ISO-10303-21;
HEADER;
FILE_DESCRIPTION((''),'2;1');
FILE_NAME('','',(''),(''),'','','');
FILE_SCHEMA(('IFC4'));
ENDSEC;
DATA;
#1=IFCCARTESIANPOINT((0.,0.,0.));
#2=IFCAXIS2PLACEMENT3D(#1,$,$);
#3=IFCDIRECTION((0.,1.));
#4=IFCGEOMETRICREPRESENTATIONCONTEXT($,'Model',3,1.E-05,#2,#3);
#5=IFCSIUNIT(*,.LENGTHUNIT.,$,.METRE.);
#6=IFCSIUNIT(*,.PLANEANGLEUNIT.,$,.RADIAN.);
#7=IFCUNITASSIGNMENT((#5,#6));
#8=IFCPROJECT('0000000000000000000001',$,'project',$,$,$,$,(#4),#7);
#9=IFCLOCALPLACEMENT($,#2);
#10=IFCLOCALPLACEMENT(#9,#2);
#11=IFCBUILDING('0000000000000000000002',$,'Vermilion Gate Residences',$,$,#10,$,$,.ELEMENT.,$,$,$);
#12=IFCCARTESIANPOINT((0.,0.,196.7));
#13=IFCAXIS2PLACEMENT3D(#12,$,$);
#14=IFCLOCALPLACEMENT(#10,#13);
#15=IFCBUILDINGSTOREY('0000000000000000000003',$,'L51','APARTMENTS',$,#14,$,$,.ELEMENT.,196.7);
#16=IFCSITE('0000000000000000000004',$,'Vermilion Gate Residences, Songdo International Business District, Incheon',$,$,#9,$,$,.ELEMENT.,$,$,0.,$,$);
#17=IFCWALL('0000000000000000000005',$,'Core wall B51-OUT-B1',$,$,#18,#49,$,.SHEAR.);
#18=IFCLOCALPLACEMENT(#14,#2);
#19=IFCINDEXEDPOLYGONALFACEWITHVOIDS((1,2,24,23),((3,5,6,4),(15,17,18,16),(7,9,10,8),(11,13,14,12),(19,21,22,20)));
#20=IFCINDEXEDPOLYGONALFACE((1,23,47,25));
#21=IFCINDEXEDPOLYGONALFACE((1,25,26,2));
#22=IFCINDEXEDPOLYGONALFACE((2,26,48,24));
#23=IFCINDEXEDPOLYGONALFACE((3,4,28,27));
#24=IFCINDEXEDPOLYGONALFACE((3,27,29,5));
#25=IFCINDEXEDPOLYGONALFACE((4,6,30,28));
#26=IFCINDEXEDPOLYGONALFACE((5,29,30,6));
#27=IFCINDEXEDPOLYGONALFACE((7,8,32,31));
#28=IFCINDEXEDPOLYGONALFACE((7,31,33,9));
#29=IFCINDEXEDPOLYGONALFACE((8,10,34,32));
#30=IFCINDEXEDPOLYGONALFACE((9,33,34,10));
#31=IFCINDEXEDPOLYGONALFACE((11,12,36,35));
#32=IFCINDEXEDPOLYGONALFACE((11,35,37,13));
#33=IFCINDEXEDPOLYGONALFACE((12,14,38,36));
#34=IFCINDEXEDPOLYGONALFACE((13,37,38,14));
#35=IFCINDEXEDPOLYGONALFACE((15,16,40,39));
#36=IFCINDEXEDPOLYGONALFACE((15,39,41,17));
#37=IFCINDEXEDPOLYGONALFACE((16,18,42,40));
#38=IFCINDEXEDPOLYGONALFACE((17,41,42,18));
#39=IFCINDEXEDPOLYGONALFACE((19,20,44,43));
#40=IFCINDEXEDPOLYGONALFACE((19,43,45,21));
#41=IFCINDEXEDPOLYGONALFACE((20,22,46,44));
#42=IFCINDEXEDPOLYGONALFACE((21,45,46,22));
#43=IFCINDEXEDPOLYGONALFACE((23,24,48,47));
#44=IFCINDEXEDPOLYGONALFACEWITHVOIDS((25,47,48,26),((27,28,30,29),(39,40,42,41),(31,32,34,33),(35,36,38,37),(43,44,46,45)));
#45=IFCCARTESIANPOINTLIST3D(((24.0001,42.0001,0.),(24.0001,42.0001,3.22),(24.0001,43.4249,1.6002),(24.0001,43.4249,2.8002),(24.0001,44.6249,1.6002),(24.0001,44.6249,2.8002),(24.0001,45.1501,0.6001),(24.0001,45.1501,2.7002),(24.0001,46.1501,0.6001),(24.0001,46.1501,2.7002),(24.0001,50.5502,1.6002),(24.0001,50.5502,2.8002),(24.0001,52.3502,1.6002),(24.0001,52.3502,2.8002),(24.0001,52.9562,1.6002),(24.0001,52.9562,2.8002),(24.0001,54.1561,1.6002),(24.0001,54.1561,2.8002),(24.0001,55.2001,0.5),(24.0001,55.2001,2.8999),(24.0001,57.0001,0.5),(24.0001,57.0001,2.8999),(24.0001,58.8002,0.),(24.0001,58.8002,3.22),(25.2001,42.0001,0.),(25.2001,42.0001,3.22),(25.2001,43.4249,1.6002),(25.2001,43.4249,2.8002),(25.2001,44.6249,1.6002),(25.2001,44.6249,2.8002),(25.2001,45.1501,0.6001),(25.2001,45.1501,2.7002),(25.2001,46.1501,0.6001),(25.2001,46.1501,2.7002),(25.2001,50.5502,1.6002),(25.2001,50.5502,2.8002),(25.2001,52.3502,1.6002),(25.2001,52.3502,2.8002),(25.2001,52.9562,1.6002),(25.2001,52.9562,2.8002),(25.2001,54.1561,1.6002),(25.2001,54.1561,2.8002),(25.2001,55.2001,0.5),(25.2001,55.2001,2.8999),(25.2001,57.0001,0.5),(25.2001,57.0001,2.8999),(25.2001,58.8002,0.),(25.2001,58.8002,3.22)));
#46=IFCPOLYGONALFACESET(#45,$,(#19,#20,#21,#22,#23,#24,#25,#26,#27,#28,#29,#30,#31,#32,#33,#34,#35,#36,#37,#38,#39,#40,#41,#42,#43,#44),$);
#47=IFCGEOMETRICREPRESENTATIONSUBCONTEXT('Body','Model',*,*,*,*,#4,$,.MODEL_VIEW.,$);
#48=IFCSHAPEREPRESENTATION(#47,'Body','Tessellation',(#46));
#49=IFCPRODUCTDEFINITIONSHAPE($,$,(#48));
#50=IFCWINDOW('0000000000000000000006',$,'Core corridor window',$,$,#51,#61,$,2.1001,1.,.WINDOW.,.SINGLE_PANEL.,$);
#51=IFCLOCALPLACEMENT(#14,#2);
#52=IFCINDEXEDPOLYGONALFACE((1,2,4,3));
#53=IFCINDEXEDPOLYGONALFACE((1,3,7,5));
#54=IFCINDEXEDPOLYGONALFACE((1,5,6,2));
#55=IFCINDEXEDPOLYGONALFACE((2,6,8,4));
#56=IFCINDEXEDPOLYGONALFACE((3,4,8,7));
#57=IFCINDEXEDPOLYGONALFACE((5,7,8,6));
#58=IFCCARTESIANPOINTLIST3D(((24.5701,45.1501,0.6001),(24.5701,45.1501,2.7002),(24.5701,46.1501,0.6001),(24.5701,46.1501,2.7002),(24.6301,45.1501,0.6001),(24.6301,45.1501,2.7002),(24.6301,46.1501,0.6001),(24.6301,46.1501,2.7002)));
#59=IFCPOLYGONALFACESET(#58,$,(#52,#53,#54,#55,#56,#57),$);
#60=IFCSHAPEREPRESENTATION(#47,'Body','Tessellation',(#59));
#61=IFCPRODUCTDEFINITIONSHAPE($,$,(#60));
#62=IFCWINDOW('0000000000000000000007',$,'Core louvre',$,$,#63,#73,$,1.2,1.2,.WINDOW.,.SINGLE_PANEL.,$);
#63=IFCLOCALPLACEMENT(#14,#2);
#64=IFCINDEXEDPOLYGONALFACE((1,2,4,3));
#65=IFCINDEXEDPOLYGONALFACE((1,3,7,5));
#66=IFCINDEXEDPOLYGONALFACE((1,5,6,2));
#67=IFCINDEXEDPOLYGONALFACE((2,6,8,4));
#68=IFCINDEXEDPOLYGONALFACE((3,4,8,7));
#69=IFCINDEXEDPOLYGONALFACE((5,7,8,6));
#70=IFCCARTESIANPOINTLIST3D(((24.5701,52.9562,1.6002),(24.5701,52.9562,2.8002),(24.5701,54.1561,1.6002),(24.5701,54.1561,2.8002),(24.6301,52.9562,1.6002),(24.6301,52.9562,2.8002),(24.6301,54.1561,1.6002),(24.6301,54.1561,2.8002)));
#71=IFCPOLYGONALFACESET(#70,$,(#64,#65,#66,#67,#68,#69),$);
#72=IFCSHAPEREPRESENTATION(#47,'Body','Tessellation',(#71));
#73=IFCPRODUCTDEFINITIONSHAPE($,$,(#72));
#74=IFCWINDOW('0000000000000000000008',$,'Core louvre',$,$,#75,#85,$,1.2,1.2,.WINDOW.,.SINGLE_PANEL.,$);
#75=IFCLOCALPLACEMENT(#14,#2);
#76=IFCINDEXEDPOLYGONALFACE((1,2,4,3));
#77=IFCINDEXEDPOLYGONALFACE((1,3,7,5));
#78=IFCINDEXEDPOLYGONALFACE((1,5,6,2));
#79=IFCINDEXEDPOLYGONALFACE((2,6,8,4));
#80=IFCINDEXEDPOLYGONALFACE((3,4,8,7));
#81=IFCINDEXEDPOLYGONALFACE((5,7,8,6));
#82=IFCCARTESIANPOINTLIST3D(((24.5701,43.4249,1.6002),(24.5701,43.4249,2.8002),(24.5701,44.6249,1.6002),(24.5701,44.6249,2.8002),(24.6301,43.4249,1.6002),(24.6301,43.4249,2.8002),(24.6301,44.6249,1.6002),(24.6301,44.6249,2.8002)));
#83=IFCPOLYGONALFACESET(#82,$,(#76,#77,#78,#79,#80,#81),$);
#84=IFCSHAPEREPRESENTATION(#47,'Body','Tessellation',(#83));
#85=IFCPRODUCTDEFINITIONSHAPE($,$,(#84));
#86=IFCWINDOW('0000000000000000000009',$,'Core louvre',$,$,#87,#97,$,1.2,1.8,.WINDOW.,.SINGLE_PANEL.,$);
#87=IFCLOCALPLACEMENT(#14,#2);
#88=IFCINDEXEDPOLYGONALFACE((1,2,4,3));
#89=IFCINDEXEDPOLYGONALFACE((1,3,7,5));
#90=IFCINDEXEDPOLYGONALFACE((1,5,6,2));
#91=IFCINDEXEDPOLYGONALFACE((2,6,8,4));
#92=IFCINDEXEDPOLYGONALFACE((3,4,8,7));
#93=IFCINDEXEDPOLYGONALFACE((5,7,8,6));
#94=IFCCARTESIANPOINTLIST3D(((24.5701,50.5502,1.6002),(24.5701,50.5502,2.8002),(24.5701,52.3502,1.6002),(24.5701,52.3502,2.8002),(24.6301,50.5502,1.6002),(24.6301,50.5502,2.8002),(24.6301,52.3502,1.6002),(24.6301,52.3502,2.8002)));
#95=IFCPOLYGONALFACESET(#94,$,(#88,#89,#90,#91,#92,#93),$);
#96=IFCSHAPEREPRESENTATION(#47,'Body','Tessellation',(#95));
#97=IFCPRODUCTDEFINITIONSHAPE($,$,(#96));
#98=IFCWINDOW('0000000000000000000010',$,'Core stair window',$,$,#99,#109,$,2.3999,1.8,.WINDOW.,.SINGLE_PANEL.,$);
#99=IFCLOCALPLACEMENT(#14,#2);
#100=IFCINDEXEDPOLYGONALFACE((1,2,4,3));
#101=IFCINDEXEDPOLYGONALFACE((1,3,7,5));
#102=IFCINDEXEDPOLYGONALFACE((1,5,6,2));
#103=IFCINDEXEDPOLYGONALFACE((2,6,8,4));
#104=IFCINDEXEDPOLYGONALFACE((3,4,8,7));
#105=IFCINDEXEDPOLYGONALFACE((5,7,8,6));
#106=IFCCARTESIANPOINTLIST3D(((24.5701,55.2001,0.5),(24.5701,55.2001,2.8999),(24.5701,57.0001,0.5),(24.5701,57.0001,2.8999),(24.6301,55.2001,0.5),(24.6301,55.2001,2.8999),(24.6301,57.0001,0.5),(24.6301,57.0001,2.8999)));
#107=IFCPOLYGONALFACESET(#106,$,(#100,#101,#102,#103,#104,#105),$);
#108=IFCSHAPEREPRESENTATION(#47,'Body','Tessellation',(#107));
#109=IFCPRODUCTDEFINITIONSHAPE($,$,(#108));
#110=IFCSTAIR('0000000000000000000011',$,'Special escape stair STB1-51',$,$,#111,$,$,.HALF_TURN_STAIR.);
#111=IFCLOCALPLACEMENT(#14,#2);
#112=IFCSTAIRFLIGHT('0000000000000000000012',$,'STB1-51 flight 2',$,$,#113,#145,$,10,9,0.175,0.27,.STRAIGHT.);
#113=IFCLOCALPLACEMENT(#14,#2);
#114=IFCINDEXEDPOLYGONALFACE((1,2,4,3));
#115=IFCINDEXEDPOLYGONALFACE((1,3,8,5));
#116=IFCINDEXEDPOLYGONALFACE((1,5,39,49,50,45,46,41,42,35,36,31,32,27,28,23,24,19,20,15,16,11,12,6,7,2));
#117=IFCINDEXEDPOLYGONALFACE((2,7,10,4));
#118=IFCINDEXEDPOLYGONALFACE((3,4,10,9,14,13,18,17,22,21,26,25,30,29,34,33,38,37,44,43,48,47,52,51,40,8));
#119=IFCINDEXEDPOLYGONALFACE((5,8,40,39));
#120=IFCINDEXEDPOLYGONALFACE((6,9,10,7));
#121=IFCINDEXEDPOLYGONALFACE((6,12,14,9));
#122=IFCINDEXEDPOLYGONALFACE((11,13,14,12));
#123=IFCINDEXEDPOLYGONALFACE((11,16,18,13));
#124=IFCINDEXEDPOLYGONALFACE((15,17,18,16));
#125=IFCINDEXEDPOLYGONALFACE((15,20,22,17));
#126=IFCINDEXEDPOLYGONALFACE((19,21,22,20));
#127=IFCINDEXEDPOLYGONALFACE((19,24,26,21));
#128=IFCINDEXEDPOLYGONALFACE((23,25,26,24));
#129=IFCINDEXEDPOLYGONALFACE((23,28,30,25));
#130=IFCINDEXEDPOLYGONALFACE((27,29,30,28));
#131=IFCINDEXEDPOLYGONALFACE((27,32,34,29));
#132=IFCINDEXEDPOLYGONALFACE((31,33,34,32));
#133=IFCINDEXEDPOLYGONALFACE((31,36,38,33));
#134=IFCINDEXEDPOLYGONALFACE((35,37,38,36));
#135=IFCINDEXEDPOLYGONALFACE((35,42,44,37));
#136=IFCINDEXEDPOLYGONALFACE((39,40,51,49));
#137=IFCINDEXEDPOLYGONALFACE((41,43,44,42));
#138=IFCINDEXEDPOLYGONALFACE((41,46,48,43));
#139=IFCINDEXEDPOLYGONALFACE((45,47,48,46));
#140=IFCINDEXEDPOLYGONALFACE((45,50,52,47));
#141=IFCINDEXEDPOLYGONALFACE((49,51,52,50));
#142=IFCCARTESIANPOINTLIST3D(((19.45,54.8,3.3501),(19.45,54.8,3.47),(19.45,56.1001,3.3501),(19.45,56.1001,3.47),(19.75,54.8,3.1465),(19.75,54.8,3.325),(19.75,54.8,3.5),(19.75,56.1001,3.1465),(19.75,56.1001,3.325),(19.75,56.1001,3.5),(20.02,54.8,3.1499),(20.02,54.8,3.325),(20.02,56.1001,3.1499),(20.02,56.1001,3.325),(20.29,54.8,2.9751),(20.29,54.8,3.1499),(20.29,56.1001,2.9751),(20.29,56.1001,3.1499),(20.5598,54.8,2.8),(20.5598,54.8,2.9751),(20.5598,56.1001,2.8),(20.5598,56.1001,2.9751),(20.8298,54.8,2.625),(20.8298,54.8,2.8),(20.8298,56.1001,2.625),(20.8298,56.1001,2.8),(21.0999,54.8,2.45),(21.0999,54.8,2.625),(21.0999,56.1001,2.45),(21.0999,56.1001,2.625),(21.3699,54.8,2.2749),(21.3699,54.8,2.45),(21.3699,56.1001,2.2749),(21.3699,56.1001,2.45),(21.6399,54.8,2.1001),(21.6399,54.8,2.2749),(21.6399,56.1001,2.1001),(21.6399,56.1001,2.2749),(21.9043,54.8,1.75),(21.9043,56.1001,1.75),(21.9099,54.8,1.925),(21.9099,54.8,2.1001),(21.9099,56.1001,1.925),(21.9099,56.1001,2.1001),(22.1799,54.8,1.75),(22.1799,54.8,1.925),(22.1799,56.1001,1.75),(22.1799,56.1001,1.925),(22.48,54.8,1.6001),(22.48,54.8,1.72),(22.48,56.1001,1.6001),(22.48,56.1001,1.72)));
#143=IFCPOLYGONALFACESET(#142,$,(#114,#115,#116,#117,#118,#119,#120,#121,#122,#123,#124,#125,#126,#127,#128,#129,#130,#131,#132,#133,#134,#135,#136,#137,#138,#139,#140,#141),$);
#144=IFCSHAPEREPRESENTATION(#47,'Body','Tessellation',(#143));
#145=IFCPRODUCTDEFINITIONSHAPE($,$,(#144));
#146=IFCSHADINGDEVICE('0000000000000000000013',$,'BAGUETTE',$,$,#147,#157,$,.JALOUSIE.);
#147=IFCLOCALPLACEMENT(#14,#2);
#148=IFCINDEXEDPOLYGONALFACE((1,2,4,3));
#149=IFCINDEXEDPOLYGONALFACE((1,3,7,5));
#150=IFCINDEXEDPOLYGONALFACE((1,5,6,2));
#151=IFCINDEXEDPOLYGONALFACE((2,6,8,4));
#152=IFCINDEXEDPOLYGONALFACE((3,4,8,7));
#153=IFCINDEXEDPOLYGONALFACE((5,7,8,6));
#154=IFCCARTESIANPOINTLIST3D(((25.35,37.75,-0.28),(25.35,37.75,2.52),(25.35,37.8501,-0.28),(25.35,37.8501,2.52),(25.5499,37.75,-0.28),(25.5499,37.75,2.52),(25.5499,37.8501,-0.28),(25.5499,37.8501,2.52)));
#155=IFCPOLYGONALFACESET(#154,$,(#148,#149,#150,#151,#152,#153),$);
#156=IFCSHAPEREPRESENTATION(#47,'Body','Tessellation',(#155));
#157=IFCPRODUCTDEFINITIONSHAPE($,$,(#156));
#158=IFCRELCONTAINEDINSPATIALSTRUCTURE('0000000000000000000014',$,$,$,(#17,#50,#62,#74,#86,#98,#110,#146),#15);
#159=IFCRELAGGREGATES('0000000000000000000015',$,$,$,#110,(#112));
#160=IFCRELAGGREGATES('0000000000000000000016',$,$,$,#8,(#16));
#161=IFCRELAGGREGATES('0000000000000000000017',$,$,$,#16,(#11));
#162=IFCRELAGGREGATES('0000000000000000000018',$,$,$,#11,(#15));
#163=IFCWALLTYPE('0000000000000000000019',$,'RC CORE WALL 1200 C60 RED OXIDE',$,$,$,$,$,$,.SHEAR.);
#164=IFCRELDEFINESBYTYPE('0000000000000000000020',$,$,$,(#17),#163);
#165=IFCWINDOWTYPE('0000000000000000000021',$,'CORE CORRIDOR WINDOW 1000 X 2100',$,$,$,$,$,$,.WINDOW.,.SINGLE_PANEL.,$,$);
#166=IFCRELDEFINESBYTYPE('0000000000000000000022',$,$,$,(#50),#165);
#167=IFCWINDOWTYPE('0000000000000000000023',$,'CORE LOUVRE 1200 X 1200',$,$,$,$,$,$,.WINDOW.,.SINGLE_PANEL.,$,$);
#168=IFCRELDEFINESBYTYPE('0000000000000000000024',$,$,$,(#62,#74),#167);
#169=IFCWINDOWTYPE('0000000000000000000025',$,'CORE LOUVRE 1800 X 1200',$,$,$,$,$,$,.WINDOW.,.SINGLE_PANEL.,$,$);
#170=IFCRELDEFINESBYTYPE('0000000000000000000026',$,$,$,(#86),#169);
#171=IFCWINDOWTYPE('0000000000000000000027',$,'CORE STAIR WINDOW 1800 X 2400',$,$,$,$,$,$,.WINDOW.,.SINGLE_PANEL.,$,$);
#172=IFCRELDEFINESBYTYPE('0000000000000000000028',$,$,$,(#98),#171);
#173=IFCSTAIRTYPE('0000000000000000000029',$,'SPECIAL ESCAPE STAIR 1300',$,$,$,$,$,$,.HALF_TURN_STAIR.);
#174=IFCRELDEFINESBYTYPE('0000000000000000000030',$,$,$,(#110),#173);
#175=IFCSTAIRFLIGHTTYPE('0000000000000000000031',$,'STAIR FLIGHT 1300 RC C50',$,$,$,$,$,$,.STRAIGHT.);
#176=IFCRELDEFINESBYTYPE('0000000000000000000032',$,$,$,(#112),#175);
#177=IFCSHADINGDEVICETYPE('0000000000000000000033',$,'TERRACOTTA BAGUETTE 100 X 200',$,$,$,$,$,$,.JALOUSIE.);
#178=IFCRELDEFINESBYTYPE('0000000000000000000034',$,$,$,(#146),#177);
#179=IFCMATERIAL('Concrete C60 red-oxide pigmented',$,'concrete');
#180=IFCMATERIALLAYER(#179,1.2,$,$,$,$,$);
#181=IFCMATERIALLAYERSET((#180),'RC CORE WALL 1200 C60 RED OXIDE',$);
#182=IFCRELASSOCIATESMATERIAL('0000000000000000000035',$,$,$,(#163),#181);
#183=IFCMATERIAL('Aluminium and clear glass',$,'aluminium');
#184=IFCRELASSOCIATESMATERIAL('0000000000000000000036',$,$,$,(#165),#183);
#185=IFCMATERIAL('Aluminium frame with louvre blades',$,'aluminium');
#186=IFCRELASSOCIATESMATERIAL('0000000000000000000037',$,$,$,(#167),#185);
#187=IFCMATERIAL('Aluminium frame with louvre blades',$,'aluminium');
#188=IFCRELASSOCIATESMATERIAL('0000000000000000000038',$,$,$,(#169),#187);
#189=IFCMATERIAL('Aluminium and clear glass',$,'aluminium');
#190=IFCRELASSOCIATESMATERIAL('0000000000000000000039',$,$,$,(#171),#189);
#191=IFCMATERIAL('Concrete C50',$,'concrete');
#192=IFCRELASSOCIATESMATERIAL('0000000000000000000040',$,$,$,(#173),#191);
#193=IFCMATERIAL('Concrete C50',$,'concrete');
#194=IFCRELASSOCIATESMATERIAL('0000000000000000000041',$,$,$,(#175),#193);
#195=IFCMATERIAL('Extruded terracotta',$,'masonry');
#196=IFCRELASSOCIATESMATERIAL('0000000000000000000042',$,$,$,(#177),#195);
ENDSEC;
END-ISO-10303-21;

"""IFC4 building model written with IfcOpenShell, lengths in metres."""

from ifc_helpers import new_model, si_unit, direction, frame, frame_2d, origin, origin_2d, place, context, subcontext, project, spatial, polyline, rectangle, outline, extrude, material, layer, layer_set, material_profile, profile_set, type_object, element, fill, aggregate, save


model = new_model("IFC4")

# Units and contexts
model_context = context("Model", 3, precision=1e-05, world=origin(), true_north=direction((0.0, 1.0)))
body_context = subcontext(model_context, "Body", "Model", "MODEL_VIEW")
ifc_project = project(units=[si_unit("LENGTHUNIT", "METRE"), si_unit("PLANEANGLEUNIT", "RADIAN")], contexts=[model_context])

# Site, building, storey
site_placement = place(None, origin())
site = spatial("IfcSite", under=ifc_project, at=site_placement, Name="Vermilion Gate Residences, Songdo International Business District, Incheon", CompositionType="ELEMENT", RefElevation=0.0)
building_placement = place(site_placement, origin())
building = spatial("IfcBuilding", under=site, at=building_placement, Name="Vermilion Gate Residences", CompositionType="ELEMENT")
storey_placement = place(building_placement, frame((0.0, 0.0, 196.7)))
storey = spatial("IfcBuildingStorey", under=building, at=storey_placement, Name="L51", Description="APARTMENTS", CompositionType="ELEMENT", Elevation=196.7)

# Wall, openings, windows
ifc_material_1 = material(Name="Concrete C60 red-oxide pigmented", Category="concrete")
ifc_layer_1 = layer(ifc_material_1, 1.2)
ifc_layer_set_1 = layer_set([ifc_layer_1], Name="RC CORE WALL 1200 C60 RED OXIDE")
wall_type_1 = type_object("IfcWallType", Name="RC CORE WALL 1200 C60 RED OXIDE", PredefinedType="SHEAR", material=ifc_layer_set_1)
wall_1_placement = place(storey_placement, frame((24.6001, 58.8, 0.0), z_axis=(0.0, 0.0, 1.0), x_axis=(0.0, -1.0, 0.0)))
wall_1 = element("IfcWall", 1, at=wall_1_placement, inside=storey, type_object=wall_type_1, Name="Core wall B51-OUT-B1", PredefinedType="SHEAR", context=body_context, shape_type="SweptSolid", body=[
    extrude(rectangle(XDim=16.8, YDim=1.2, at=frame_2d((8.3999, 0.0))), origin(), (0.0, 0.0, 1.0), 3.22),
])
opening_1_placement = place(wall_1_placement, frame((1.8, 0.0, 0.5)))
opening_1 = element("IfcOpeningElement", 2, at=opening_1_placement, cuts=wall_1, PredefinedType="OPENING", context=body_context, shape_type="SweptSolid", body=[
    extrude(rectangle(XDim=1.8, YDim=2.3999, at=frame_2d((0.8999, 1.2))), frame((0.0, 0.6099, 0.0), z_axis=(0.0, -1.0, 0.0), x_axis=(1.0, 0.0, 0.0)), (0.0, 0.0, 1.0), 1.22),
])
opening_2_placement = place(wall_1_placement, frame((4.6438, 0.0, 1.6001)))
opening_2 = element("IfcOpeningElement", 3, at=opening_2_placement, cuts=wall_1, PredefinedType="OPENING", context=body_context, shape_type="SweptSolid", body=[
    extrude(rectangle(XDim=1.2, YDim=1.2, at=frame_2d((0.6001, 0.6001))), frame((0.0, 0.6099, 0.0), z_axis=(0.0, -1.0, 0.0), x_axis=(1.0, 0.0, 0.0)), (0.0, 0.0, 1.0), 1.22),
])
opening_3_placement = place(wall_1_placement, frame((6.45, 0.0, 1.6001)))
opening_3 = element("IfcOpeningElement", 4, at=opening_3_placement, cuts=wall_1, PredefinedType="OPENING", context=body_context, shape_type="SweptSolid", body=[
    extrude(rectangle(XDim=1.8, YDim=1.2, at=frame_2d((0.8999, 0.6001))), frame((0.0, 0.6099, 0.0), z_axis=(0.0, -1.0, 0.0), x_axis=(1.0, 0.0, 0.0)), (0.0, 0.0, 1.0), 1.22),
])
opening_4_placement = place(wall_1_placement, frame((12.6499, 0.0, 0.6001)))
opening_4 = element("IfcOpeningElement", 5, at=opening_4_placement, cuts=wall_1, PredefinedType="OPENING", context=body_context, shape_type="SweptSolid", body=[
    extrude(rectangle(XDim=1.0, YDim=2.1001, at=frame_2d((0.5, 1.05))), frame((0.0, 0.6099, 0.0), z_axis=(0.0, -1.0, 0.0), x_axis=(1.0, 0.0, 0.0)), (0.0, 0.0, 1.0), 1.22),
])
opening_5_placement = place(wall_1_placement, frame((14.175, 0.0, 1.6001)))
opening_5 = element("IfcOpeningElement", 6, at=opening_5_placement, cuts=wall_1, PredefinedType="OPENING", context=body_context, shape_type="SweptSolid", body=[
    extrude(rectangle(XDim=1.2, YDim=1.2, at=frame_2d((0.6001, 0.6001))), frame((0.0, 0.6099, 0.0), z_axis=(0.0, -1.0, 0.0), x_axis=(1.0, 0.0, 0.0)), (0.0, 0.0, 1.0), 1.22),
])
ifc_material_2 = material(Name="Aluminium and clear glass", Category="aluminium")
window_type_1 = type_object("IfcWindowType", Name="CORE CORRIDOR WINDOW 1000 X 2100", PartitioningType="SINGLE_PANEL", PredefinedType="WINDOW", material=ifc_material_2)
window_1_placement = place(opening_4_placement, origin())
window_1 = element("IfcWindow", 7, at=window_1_placement, inside=storey, type_object=window_type_1, Name="Core corridor window", OverallHeight=2.1001, OverallWidth=1.0, PartitioningType="SINGLE_PANEL", PredefinedType="WINDOW", context=body_context, shape_type="SweptSolid", body=[
    extrude(rectangle(XDim=1.0, YDim=2.1001, at=frame_2d((0.5, 1.05))), frame((0.0, 0.03, 0.0), z_axis=(0.0, -1.0, 0.0), x_axis=(1.0, 0.0, 0.0)), (0.0, 0.0, 1.0), 0.0601),
])
fill(opening_4, window_1)
ifc_material_3 = material(Name="Aluminium frame with louvre blades", Category="aluminium")
window_type_2 = type_object("IfcWindowType", Name="CORE LOUVRE 1200 X 1200", PartitioningType="SINGLE_PANEL", PredefinedType="WINDOW", material=ifc_material_3)
window_2_placement = place(opening_2_placement, origin())
window_2 = element("IfcWindow", 8, at=window_2_placement, inside=storey, type_object=window_type_2, Name="Core louvre", OverallHeight=1.2, OverallWidth=1.2, PartitioningType="SINGLE_PANEL", PredefinedType="WINDOW", context=body_context, shape_type="SweptSolid", body=[
    extrude(rectangle(XDim=1.2, YDim=1.2, at=frame_2d((0.6001, 0.6001))), frame((0.0, 0.03, 0.0), z_axis=(0.0, -1.0, 0.0), x_axis=(1.0, 0.0, 0.0)), (0.0, 0.0, 1.0), 0.0601),
])
fill(opening_2, window_2)
window_3_placement = place(opening_5_placement, origin())
window_3 = element("IfcWindow", 9, at=window_3_placement, inside=storey, type_object=window_type_2, Name="Core louvre", OverallHeight=1.2, OverallWidth=1.2, PartitioningType="SINGLE_PANEL", PredefinedType="WINDOW", context=body_context, shape_type="SweptSolid", body=[
    extrude(rectangle(XDim=1.2, YDim=1.2, at=frame_2d((0.6001, 0.6001))), frame((0.0, 0.03, 0.0), z_axis=(0.0, -1.0, 0.0), x_axis=(1.0, 0.0, 0.0)), (0.0, 0.0, 1.0), 0.0601),
])
fill(opening_5, window_3)
ifc_material_4 = material(Name="Aluminium frame with louvre blades", Category="aluminium")
window_type_3 = type_object("IfcWindowType", Name="CORE LOUVRE 1800 X 1200", PartitioningType="SINGLE_PANEL", PredefinedType="WINDOW", material=ifc_material_4)
window_4_placement = place(opening_3_placement, origin())
window_4 = element("IfcWindow", 10, at=window_4_placement, inside=storey, type_object=window_type_3, Name="Core louvre", OverallHeight=1.2, OverallWidth=1.8, PartitioningType="SINGLE_PANEL", PredefinedType="WINDOW", context=body_context, shape_type="SweptSolid", body=[
    extrude(rectangle(XDim=1.8, YDim=1.2, at=frame_2d((0.8999, 0.6001))), frame((0.0, 0.03, 0.0), z_axis=(0.0, -1.0, 0.0), x_axis=(1.0, 0.0, 0.0)), (0.0, 0.0, 1.0), 0.0601),
])
fill(opening_3, window_4)
ifc_material_5 = material(Name="Aluminium and clear glass", Category="aluminium")
window_type_4 = type_object("IfcWindowType", Name="CORE STAIR WINDOW 1800 X 2400", PartitioningType="SINGLE_PANEL", PredefinedType="WINDOW", material=ifc_material_5)
window_5_placement = place(opening_1_placement, origin())
window_5 = element("IfcWindow", 11, at=window_5_placement, inside=storey, type_object=window_type_4, Name="Core stair window", OverallHeight=2.3999, OverallWidth=1.8, PartitioningType="SINGLE_PANEL", PredefinedType="WINDOW", context=body_context, shape_type="SweptSolid", body=[
    extrude(rectangle(XDim=1.8, YDim=2.3999, at=frame_2d((0.8999, 1.2))), frame((0.0, 0.03, 0.0), z_axis=(0.0, -1.0, 0.0), x_axis=(1.0, 0.0, 0.0)), (0.0, 0.0, 1.0), 0.0601),
])
fill(opening_1, window_5)

# Stair, stair flight
ifc_material_6 = material(Name="Concrete C50", Category="concrete")
stair_type = type_object("IfcStairType", Name="SPECIAL ESCAPE STAIR 1300", PredefinedType="HALF_TURN_STAIR", material=ifc_material_6)
stair_placement = place(storey_placement, origin())
stair = element("IfcStair", 12, at=stair_placement, inside=storey, type_object=stair_type, Name="Special escape stair STB1-51", PredefinedType="HALF_TURN_STAIR")
ifc_material_7 = material(Name="Concrete C50", Category="concrete")
stair_flight_type = type_object("IfcStairFlightType", Name="STAIR FLIGHT 1300 RC C50", PredefinedType="STRAIGHT", material=ifc_material_7)
stair_flight_placement = place(storey_placement, frame((22.1799, 55.45, 1.75), z_axis=(0.0, 0.0, 1.0), x_axis=(-1.0, 0.0, 0.0)))
stair_flight = element("IfcStairFlight", 13, at=stair_flight_placement, type_object=stair_flight_type, Name="STB1-51 flight 2", NumberOfRisers=10, NumberOfTreads=9, PredefinedType="STRAIGHT", RiserHeight=0.175, TreadLength=0.27, context=body_context, shape_type="SweptSolid", body=[
    extrude(outline(polyline([(-0.3, -0.1499), (-0.3, -0.03), (0.0, 0.0), (0.0, 0.175), (0.27, 0.175), (0.27, 0.3501), (0.54, 0.3501), (0.54, 0.5249), (0.8101, 0.5249), (0.8101, 0.7), (1.0801, 0.7), (1.0801, 0.875), (1.3501, 0.875), (1.3501, 1.05), (1.6201, 1.05), (1.6201, 1.2251), (1.8899, 1.2251), (1.8899, 1.3999), (2.1599, 1.3999), (2.1599, 1.575), (2.4299, 1.575), (2.4299, 1.75), (2.73, 1.72), (2.73, 1.6001), (2.4299, 1.3965), (0.2756, 0.0), (-0.3, -0.1499)])), frame((0.0, 0.6499, 0.0), z_axis=(0.0, -1.0, 0.0), x_axis=(1.0, 0.0, 0.0)), (0.0, 0.0, 1.0), 1.3),
])
aggregate(stair, [stair_flight])

# Shading device
ifc_material_8 = material(Name="Extruded terracotta", Category="masonry")
ifc_material_profile_1 = material_profile(ifc_material_8, rectangle(XDim=0.2, YDim=0.1001, at=origin_2d()), Name="BAGUETTE 100 X 200")
ifc_profile_set_1 = profile_set([ifc_material_profile_1], Name="Extruded terracotta")
shading_device_type_1 = type_object("IfcShadingDeviceType", Name="TERRACOTTA BAGUETTE 100 X 200", PredefinedType="JALOUSIE", material=ifc_profile_set_1)
shading_device_1_placement = place(storey_placement, frame((25.45, 37.8, -0.28), z_axis=(0.0, 0.0, 1.0), x_axis=(-1.0, 0.0, 0.0)))
element("IfcShadingDevice", 14, at=shading_device_1_placement, inside=storey, type_object=shading_device_type_1, Name="BAGUETTE", PredefinedType="JALOUSIE", context=body_context, shape_type="SweptSolid", body=[
    extrude(rectangle(XDim=0.2, YDim=0.1001, at=origin_2d()), origin(), (0.0, 0.0, 1.0), 2.8),
])

save(model, "model.ifc")
